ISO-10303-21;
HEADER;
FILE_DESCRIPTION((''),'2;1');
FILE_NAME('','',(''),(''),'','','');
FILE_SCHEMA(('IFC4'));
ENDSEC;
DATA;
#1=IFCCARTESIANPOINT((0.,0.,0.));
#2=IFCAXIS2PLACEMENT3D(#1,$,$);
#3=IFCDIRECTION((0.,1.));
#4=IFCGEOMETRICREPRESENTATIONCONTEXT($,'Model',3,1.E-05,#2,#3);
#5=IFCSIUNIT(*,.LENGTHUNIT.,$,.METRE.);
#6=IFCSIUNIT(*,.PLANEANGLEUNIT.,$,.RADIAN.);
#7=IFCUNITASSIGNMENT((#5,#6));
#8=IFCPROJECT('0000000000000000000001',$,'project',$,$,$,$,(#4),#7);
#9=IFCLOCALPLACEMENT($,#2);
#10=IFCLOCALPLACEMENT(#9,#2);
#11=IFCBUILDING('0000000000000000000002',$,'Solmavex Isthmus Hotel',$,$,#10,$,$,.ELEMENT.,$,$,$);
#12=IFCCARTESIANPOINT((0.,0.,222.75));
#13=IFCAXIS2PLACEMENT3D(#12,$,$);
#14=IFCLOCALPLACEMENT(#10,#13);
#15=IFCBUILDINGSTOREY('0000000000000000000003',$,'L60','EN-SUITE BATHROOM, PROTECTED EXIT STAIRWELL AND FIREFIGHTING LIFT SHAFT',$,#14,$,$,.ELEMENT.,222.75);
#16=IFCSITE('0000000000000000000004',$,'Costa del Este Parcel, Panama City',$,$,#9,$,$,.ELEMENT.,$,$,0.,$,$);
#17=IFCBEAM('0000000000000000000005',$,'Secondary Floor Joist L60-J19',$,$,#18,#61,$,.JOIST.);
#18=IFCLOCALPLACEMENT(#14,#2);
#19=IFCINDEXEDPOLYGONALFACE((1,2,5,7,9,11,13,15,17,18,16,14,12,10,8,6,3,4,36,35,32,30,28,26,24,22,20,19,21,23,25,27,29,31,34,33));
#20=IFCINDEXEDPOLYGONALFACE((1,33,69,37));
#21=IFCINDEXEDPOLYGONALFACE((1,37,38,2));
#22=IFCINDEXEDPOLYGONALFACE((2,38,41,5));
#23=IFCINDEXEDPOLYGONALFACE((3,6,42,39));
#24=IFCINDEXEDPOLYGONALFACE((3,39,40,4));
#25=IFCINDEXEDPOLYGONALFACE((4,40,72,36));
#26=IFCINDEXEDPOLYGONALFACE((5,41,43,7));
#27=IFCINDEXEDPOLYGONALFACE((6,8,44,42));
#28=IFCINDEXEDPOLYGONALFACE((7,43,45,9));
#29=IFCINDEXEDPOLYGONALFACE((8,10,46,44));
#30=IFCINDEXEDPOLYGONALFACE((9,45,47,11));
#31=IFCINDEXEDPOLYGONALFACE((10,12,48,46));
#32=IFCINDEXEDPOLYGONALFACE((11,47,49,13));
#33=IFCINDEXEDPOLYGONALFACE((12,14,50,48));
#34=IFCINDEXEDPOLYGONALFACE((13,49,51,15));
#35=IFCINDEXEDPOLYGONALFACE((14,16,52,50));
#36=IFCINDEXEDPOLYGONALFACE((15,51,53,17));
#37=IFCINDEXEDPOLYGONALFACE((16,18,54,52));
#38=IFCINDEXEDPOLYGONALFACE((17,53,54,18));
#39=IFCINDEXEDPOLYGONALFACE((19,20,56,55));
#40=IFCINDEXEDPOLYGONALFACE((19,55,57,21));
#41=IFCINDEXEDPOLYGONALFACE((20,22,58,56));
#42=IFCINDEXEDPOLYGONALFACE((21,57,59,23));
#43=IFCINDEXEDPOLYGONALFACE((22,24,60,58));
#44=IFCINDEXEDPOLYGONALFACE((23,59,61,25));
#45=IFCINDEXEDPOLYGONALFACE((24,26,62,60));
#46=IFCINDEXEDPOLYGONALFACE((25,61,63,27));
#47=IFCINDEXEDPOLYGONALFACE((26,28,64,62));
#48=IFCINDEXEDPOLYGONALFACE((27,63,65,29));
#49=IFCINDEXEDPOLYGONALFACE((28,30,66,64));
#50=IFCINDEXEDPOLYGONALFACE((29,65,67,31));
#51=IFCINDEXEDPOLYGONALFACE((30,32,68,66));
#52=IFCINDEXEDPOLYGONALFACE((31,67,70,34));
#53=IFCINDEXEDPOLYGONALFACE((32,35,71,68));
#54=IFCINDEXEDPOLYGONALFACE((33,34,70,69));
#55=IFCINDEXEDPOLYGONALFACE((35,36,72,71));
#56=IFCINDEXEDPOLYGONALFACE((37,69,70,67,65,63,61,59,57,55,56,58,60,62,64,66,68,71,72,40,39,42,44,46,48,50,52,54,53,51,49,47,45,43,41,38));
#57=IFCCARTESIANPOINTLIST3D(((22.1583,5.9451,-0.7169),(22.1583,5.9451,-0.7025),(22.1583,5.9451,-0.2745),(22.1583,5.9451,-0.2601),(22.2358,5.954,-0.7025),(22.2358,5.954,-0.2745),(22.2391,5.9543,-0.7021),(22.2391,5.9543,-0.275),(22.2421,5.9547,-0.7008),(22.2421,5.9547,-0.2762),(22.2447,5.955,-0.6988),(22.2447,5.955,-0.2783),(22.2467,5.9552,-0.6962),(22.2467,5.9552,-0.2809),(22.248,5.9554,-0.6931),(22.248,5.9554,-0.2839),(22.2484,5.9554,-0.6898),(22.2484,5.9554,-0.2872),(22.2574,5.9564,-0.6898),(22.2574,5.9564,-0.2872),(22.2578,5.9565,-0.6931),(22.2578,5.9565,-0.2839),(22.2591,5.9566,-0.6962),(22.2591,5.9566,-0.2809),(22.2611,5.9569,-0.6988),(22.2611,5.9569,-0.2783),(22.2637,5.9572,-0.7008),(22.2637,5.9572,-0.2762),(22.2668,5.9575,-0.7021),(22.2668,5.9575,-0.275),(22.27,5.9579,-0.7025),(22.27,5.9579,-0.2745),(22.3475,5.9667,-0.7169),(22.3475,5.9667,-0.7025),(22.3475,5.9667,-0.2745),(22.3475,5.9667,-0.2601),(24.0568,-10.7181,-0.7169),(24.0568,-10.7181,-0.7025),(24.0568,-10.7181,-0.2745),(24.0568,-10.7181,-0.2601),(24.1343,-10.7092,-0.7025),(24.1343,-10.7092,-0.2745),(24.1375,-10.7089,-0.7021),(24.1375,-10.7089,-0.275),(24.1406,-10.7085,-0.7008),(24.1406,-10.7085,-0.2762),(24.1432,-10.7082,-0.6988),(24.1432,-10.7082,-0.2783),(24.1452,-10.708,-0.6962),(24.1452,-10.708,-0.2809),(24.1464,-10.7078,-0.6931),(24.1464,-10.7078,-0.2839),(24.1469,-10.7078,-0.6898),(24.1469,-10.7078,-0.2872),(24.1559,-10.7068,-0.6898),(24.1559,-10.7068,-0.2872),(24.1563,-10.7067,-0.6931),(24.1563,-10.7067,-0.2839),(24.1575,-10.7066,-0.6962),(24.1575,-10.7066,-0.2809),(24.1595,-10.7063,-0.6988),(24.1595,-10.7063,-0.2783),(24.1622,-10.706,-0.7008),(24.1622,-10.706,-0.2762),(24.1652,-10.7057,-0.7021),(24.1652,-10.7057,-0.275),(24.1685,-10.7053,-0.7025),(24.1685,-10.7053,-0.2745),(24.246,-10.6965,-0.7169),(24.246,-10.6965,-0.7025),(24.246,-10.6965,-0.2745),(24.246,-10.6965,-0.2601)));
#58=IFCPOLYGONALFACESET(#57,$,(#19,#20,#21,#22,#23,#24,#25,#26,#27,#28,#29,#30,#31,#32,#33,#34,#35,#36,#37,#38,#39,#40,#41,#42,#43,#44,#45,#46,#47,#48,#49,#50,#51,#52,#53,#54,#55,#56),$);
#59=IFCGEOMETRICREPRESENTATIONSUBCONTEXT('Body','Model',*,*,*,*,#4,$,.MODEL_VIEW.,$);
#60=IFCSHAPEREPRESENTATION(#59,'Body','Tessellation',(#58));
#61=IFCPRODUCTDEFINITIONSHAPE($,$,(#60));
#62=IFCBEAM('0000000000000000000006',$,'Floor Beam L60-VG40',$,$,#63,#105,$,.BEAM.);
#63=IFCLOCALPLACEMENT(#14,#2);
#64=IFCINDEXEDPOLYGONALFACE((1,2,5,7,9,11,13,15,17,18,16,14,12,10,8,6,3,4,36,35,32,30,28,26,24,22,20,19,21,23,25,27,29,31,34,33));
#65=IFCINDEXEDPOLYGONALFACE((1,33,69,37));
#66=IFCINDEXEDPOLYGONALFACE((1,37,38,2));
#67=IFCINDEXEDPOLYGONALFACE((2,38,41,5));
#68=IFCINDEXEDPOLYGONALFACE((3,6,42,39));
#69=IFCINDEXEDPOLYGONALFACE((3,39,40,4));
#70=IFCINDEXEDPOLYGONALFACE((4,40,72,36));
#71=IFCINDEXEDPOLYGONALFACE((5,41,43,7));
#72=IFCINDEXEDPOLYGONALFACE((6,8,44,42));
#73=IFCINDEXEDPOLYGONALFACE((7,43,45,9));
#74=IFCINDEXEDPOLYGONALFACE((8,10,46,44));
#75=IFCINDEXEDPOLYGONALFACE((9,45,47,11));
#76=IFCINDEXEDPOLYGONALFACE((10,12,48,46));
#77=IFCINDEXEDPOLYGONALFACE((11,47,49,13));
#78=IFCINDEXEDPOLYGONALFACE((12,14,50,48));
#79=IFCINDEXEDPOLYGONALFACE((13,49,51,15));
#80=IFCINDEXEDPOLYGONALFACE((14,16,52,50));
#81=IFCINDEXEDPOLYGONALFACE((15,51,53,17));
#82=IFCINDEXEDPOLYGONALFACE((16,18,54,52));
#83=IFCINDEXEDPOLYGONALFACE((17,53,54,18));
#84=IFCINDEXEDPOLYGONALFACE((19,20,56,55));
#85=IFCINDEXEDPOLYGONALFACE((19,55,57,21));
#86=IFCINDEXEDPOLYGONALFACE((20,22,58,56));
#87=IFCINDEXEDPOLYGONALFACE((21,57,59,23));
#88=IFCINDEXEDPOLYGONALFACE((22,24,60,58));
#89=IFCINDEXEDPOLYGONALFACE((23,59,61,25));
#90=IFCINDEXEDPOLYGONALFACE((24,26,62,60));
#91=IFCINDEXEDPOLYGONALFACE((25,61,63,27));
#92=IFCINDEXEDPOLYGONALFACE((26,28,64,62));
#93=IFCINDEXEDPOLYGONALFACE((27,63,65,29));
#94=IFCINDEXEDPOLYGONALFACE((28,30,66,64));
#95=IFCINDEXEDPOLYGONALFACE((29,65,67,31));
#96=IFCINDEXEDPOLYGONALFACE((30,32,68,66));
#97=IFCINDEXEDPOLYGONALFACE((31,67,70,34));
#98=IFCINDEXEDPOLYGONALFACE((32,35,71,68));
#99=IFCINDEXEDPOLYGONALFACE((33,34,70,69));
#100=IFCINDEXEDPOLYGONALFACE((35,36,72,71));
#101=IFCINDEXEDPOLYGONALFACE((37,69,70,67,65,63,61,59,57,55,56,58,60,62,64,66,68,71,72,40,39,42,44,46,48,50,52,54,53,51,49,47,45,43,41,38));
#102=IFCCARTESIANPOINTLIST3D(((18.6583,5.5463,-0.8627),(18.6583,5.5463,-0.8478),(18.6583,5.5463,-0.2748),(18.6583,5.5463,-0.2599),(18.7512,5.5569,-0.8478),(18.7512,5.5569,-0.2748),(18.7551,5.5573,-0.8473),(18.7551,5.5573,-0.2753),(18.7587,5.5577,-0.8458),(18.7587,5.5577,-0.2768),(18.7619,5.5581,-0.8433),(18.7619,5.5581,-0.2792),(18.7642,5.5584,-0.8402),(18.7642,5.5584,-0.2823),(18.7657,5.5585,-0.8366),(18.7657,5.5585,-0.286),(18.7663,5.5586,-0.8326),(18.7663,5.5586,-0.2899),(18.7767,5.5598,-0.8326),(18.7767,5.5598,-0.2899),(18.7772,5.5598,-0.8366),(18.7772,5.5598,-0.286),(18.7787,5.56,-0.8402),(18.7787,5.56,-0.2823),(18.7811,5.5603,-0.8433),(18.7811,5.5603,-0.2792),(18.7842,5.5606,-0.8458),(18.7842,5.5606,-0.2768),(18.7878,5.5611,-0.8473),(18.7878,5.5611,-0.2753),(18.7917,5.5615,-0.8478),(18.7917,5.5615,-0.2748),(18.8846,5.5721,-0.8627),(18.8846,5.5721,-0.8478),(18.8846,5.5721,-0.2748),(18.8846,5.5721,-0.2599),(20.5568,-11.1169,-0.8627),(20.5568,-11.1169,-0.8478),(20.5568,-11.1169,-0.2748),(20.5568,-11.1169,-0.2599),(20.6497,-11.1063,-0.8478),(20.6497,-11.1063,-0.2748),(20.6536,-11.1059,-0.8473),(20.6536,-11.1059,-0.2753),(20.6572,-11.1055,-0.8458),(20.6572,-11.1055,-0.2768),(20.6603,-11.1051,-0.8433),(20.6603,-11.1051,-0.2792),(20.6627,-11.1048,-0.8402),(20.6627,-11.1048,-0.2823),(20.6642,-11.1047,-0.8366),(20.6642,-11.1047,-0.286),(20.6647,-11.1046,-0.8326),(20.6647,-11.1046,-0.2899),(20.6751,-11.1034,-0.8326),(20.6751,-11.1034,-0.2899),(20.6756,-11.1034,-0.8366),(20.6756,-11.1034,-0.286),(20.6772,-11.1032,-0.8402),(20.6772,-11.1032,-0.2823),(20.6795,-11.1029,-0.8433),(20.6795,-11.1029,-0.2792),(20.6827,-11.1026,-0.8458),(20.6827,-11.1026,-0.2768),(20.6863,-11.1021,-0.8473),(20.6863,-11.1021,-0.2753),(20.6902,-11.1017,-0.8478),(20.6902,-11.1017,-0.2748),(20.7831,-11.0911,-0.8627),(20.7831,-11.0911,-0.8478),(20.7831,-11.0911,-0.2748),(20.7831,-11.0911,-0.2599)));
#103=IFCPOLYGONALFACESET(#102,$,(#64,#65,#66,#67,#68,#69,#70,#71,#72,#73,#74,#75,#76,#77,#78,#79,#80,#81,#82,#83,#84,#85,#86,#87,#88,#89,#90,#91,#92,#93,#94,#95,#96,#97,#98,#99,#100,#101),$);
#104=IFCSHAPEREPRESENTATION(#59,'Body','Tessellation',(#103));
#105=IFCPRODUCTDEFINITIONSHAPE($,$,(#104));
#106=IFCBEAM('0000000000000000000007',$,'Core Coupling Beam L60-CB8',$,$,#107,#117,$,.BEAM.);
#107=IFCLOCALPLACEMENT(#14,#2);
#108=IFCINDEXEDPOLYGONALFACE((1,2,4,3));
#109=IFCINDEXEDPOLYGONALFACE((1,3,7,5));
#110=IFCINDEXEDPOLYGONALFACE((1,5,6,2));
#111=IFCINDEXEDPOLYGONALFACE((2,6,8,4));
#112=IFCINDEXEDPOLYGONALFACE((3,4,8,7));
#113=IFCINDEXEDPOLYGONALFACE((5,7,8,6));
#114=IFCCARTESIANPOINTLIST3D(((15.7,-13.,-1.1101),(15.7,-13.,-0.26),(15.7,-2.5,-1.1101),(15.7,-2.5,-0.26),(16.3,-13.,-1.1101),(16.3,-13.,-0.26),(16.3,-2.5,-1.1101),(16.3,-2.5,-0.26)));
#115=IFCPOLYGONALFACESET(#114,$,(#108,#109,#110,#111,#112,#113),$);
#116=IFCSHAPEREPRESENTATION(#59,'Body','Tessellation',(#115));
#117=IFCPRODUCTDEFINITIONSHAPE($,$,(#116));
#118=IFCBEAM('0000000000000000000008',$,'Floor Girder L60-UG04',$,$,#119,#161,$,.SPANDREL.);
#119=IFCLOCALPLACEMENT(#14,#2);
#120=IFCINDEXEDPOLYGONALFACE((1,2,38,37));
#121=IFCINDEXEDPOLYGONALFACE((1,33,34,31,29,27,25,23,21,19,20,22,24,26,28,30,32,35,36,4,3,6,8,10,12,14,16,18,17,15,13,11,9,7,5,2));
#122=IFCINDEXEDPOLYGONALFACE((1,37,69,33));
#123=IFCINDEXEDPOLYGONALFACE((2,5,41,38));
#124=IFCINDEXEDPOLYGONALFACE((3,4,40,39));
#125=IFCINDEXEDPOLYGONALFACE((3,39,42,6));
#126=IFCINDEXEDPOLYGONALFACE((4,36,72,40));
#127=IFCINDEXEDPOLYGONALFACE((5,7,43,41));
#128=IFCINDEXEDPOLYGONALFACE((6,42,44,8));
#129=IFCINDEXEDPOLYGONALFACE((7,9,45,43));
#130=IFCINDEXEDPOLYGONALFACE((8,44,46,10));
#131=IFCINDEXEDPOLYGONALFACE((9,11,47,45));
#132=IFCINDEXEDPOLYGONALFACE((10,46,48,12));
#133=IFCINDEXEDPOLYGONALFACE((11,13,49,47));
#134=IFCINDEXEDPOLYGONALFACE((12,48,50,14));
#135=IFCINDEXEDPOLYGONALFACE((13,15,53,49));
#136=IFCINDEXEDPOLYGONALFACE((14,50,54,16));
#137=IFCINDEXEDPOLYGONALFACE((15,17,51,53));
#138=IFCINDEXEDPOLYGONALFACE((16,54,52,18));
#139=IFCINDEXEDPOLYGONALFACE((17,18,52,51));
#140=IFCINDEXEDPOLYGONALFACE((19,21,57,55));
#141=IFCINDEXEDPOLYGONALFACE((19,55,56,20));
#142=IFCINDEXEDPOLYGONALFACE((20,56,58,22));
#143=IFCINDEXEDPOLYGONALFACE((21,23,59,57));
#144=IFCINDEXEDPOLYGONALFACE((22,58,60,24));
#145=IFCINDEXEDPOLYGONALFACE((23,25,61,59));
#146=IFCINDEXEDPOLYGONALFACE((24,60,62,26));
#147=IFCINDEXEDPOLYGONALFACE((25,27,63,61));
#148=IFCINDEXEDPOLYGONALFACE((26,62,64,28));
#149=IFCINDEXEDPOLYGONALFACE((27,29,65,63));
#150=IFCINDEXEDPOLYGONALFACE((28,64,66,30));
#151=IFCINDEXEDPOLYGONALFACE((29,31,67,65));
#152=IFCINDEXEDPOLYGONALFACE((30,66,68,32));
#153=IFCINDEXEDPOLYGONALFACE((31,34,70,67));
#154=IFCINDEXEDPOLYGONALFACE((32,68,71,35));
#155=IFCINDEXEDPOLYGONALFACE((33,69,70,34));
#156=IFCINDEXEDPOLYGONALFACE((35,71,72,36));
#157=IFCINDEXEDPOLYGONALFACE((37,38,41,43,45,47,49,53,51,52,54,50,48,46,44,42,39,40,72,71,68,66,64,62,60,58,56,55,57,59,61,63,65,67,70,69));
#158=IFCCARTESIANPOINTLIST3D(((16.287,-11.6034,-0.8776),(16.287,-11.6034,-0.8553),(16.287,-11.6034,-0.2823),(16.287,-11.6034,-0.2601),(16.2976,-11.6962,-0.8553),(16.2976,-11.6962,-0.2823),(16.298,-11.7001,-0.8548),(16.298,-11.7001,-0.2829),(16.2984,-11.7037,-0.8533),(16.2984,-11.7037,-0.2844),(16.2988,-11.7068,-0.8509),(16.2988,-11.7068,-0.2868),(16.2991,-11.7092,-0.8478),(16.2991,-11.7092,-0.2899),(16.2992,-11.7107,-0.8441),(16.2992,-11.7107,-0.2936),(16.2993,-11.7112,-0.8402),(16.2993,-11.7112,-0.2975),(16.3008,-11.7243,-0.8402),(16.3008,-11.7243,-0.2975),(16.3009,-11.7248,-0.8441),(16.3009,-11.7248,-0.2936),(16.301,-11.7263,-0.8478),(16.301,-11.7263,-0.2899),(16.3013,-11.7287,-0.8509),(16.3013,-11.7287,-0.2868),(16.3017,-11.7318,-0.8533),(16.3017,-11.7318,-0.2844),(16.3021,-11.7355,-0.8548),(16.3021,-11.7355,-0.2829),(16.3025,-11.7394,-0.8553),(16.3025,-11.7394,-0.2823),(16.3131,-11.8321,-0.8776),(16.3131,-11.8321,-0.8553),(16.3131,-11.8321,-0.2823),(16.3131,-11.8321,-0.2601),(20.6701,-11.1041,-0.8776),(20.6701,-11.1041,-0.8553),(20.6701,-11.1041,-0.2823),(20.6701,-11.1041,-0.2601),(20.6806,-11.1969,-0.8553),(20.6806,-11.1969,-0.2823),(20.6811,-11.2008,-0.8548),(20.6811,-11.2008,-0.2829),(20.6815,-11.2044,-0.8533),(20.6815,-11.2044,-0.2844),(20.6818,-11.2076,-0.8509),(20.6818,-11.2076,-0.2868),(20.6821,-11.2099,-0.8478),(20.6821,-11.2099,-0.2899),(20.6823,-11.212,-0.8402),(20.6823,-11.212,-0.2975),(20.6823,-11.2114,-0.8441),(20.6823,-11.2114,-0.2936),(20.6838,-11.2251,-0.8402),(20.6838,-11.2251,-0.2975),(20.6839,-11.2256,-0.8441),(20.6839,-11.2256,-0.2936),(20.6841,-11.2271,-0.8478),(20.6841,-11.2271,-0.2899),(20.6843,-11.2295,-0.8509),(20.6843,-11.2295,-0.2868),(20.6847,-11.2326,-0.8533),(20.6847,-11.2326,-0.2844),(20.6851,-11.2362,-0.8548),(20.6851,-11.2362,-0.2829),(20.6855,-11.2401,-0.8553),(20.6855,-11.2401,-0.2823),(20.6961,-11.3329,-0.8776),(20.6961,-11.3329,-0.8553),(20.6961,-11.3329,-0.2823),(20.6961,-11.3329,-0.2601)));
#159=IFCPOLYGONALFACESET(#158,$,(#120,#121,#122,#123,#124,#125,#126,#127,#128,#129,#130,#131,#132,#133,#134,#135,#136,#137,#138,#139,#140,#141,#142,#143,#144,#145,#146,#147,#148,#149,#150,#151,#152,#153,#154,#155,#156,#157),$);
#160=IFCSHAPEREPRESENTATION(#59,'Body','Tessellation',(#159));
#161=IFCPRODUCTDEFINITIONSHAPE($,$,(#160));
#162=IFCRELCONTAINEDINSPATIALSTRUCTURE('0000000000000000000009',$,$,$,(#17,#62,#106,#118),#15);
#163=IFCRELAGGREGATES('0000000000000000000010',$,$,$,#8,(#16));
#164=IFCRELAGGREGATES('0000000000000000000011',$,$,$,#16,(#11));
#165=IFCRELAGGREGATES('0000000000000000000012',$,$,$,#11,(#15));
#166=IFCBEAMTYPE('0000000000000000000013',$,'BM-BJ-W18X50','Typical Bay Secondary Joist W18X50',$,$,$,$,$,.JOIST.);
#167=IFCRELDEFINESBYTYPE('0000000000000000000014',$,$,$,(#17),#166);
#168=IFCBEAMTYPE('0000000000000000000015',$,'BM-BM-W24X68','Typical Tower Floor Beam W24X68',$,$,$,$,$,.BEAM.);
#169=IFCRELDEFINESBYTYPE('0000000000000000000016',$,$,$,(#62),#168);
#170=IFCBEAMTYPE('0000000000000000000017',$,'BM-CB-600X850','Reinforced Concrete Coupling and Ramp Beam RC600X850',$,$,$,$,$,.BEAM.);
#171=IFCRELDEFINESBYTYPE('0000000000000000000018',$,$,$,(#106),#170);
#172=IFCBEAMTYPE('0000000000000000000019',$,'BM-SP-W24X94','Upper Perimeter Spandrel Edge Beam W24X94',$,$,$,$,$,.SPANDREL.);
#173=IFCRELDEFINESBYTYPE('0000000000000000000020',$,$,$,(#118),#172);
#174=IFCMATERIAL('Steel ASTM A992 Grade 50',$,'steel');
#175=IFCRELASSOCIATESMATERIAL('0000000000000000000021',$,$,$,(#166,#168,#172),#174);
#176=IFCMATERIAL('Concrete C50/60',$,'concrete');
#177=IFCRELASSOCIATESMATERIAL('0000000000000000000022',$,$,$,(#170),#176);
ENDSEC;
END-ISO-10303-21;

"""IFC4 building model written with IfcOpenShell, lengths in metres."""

from ifc_helpers import new_model, si_unit, direction, frame, origin, origin_2d, place, context, subcontext, project, spatial, rectangle, i_section, extrude, material, material_profile, profile_set, type_object, element, save


model = new_model("IFC4")

# Units and contexts
model_context = context("Model", 3, precision=1e-05, world=origin(), true_north=direction((0.0, 1.0)))
body_context = subcontext(model_context, "Body", "Model", "MODEL_VIEW")
ifc_project = project(units=[si_unit("LENGTHUNIT", "METRE"), si_unit("PLANEANGLEUNIT", "RADIAN")], contexts=[model_context])

# Site, building, storey
site_placement = place(None, origin())
site = spatial("IfcSite", under=ifc_project, at=site_placement, Name="Costa del Este Parcel, Panama City", CompositionType="ELEMENT", RefElevation=0.0)
building_placement = place(site_placement, origin())
building = spatial("IfcBuilding", under=site, at=building_placement, Name="Solmavex Isthmus Hotel", CompositionType="ELEMENT")
storey_placement = place(building_placement, frame((0.0, 0.0, 222.75)))
storey = spatial("IfcBuildingStorey", under=building, at=storey_placement, Name="L60", Description="EN-SUITE BATHROOM, PROTECTED EXIT STAIRWELL AND FIREFIGHTING LIFT SHAFT", CompositionType="ELEMENT", Elevation=222.75)

# Shared definitions
ifc_material_1 = material(Name="Concrete C50/60", Category="concrete")

# Beams
ifc_material_2 = material(Name="Steel ASTM A992 Grade 50", Category="steel")
ifc_material_profile_1 = material_profile(ifc_material_2, i_section(OverallWidth=0.1904, OverallDepth=0.4568, WebThickness=0.009, FlangeThickness=0.0144, FilletRadius=0.0127, at=origin_2d()), Name="W18X50")
ifc_profile_set_1 = profile_set([ifc_material_profile_1], Name="Steel ASTM A992 Grade 50")
beam_type_1 = type_object("IfcBeamType", Name="BM-BJ-W18X50", Description="Typical Bay Secondary Joist W18X50", PredefinedType="JOIST", material=ifc_profile_set_1)
beam_1_placement = place(storey_placement, frame((24.1514, -10.7073, -0.4885), z_axis=(-0.113198, 0.993572, 0.0), x_axis=(-0.993572, -0.113198, 0.0)))
element("IfcBeam", 1, at=beam_1_placement, inside=storey, type_object=beam_type_1, Name="Secondary Floor Joist L60-J19", PredefinedType="JOIST", context=body_context, shape_type="SweptSolid", body=[
    extrude(i_section(OverallWidth=0.1904, OverallDepth=0.4568, WebThickness=0.009, FlangeThickness=0.0144, FilletRadius=0.0127, at=origin_2d()), origin(), (0.0, 0.0, 1.0), 16.771),
])
ifc_material_profile_2 = material_profile(ifc_material_2, i_section(OverallWidth=0.2278, OverallDepth=0.6028, WebThickness=0.0105, FlangeThickness=0.0149, FilletRadius=0.0151, at=origin_2d()), Name="W24X68")
ifc_profile_set_2 = profile_set([ifc_material_profile_2], Name="Steel ASTM A992 Grade 50")
beam_type_2 = type_object("IfcBeamType", Name="BM-BM-W24X68", Description="Typical Tower Floor Beam W24X68", PredefinedType="BEAM", material=ifc_profile_set_2)
beam_2_placement = place(storey_placement, frame((20.6699, -11.104, -0.5613), z_axis=(-0.113198, 0.993572, 0.0), x_axis=(-0.993572, -0.113198, 0.0)))
element("IfcBeam", 2, at=beam_2_placement, inside=storey, type_object=beam_type_2, Name="Floor Beam L60-VG40", PredefinedType="BEAM", context=body_context, shape_type="SweptSolid", body=[
    extrude(i_section(OverallWidth=0.2278, OverallDepth=0.6028, WebThickness=0.0105, FlangeThickness=0.0149, FilletRadius=0.0151, at=origin_2d()), origin(), (0.0, 0.0, 1.0), 16.771),
])
ifc_material_profile_3 = material_profile(ifc_material_1, rectangle(XDim=0.6001, YDim=0.8501, at=origin_2d()), Name="RC600X850")
ifc_profile_set_3 = profile_set([ifc_material_profile_3], Name="Concrete C50/60")
beam_type_3 = type_object("IfcBeamType", Name="BM-CB-600X850", Description="Reinforced Concrete Coupling and Ramp Beam RC600X850", PredefinedType="BEAM", material=ifc_profile_set_3)
beam_3_placement = place(storey_placement, frame((16.0, -13.0, -0.6851), z_axis=(0.0, 1.0, 0.0), x_axis=(-1.0, 0.0, 0.0)))
element("IfcBeam", 3, at=beam_3_placement, inside=storey, type_object=beam_type_3, Name="Core Coupling Beam L60-CB8", PredefinedType="BEAM", context=body_context, shape_type="SweptSolid", body=[
    extrude(rectangle(XDim=0.6001, YDim=0.8501, at=origin_2d()), origin(), (0.0, 0.0, 1.0), 10.5),
])
ifc_material_profile_4 = material_profile(ifc_material_2, i_section(OverallWidth=0.2302, OverallDepth=0.6174, WebThickness=0.0132, FlangeThickness=0.0222, FilletRadius=0.0151, at=origin_2d()), Name="W24X94")
ifc_profile_set_4 = profile_set([ifc_material_profile_4], Name="Steel ASTM A992 Grade 50")
beam_type_4 = type_object("IfcBeamType", Name="BM-SP-W24X94", Description="Upper Perimeter Spandrel Edge Beam W24X94", PredefinedType="SPANDREL", material=ifc_profile_set_4)
beam_4_placement = place(storey_placement, frame((16.3, -11.7178, -0.5688), z_axis=(0.993575, 0.113177, 0.0), x_axis=(-0.113177, 0.993575, 0.0)))
element("IfcBeam", 4, at=beam_4_placement, inside=storey, type_object=beam_type_4, Name="Floor Girder L60-UG04", PredefinedType="SPANDREL", context=body_context, shape_type="SweptSolid", body=[
    extrude(i_section(OverallWidth=0.2302, OverallDepth=0.6174, WebThickness=0.0132, FlangeThickness=0.0222, FilletRadius=0.0151, at=origin_2d()), origin(), (0.0, 0.0, 1.0), 4.4114),
])

save(model, "model.ifc")
